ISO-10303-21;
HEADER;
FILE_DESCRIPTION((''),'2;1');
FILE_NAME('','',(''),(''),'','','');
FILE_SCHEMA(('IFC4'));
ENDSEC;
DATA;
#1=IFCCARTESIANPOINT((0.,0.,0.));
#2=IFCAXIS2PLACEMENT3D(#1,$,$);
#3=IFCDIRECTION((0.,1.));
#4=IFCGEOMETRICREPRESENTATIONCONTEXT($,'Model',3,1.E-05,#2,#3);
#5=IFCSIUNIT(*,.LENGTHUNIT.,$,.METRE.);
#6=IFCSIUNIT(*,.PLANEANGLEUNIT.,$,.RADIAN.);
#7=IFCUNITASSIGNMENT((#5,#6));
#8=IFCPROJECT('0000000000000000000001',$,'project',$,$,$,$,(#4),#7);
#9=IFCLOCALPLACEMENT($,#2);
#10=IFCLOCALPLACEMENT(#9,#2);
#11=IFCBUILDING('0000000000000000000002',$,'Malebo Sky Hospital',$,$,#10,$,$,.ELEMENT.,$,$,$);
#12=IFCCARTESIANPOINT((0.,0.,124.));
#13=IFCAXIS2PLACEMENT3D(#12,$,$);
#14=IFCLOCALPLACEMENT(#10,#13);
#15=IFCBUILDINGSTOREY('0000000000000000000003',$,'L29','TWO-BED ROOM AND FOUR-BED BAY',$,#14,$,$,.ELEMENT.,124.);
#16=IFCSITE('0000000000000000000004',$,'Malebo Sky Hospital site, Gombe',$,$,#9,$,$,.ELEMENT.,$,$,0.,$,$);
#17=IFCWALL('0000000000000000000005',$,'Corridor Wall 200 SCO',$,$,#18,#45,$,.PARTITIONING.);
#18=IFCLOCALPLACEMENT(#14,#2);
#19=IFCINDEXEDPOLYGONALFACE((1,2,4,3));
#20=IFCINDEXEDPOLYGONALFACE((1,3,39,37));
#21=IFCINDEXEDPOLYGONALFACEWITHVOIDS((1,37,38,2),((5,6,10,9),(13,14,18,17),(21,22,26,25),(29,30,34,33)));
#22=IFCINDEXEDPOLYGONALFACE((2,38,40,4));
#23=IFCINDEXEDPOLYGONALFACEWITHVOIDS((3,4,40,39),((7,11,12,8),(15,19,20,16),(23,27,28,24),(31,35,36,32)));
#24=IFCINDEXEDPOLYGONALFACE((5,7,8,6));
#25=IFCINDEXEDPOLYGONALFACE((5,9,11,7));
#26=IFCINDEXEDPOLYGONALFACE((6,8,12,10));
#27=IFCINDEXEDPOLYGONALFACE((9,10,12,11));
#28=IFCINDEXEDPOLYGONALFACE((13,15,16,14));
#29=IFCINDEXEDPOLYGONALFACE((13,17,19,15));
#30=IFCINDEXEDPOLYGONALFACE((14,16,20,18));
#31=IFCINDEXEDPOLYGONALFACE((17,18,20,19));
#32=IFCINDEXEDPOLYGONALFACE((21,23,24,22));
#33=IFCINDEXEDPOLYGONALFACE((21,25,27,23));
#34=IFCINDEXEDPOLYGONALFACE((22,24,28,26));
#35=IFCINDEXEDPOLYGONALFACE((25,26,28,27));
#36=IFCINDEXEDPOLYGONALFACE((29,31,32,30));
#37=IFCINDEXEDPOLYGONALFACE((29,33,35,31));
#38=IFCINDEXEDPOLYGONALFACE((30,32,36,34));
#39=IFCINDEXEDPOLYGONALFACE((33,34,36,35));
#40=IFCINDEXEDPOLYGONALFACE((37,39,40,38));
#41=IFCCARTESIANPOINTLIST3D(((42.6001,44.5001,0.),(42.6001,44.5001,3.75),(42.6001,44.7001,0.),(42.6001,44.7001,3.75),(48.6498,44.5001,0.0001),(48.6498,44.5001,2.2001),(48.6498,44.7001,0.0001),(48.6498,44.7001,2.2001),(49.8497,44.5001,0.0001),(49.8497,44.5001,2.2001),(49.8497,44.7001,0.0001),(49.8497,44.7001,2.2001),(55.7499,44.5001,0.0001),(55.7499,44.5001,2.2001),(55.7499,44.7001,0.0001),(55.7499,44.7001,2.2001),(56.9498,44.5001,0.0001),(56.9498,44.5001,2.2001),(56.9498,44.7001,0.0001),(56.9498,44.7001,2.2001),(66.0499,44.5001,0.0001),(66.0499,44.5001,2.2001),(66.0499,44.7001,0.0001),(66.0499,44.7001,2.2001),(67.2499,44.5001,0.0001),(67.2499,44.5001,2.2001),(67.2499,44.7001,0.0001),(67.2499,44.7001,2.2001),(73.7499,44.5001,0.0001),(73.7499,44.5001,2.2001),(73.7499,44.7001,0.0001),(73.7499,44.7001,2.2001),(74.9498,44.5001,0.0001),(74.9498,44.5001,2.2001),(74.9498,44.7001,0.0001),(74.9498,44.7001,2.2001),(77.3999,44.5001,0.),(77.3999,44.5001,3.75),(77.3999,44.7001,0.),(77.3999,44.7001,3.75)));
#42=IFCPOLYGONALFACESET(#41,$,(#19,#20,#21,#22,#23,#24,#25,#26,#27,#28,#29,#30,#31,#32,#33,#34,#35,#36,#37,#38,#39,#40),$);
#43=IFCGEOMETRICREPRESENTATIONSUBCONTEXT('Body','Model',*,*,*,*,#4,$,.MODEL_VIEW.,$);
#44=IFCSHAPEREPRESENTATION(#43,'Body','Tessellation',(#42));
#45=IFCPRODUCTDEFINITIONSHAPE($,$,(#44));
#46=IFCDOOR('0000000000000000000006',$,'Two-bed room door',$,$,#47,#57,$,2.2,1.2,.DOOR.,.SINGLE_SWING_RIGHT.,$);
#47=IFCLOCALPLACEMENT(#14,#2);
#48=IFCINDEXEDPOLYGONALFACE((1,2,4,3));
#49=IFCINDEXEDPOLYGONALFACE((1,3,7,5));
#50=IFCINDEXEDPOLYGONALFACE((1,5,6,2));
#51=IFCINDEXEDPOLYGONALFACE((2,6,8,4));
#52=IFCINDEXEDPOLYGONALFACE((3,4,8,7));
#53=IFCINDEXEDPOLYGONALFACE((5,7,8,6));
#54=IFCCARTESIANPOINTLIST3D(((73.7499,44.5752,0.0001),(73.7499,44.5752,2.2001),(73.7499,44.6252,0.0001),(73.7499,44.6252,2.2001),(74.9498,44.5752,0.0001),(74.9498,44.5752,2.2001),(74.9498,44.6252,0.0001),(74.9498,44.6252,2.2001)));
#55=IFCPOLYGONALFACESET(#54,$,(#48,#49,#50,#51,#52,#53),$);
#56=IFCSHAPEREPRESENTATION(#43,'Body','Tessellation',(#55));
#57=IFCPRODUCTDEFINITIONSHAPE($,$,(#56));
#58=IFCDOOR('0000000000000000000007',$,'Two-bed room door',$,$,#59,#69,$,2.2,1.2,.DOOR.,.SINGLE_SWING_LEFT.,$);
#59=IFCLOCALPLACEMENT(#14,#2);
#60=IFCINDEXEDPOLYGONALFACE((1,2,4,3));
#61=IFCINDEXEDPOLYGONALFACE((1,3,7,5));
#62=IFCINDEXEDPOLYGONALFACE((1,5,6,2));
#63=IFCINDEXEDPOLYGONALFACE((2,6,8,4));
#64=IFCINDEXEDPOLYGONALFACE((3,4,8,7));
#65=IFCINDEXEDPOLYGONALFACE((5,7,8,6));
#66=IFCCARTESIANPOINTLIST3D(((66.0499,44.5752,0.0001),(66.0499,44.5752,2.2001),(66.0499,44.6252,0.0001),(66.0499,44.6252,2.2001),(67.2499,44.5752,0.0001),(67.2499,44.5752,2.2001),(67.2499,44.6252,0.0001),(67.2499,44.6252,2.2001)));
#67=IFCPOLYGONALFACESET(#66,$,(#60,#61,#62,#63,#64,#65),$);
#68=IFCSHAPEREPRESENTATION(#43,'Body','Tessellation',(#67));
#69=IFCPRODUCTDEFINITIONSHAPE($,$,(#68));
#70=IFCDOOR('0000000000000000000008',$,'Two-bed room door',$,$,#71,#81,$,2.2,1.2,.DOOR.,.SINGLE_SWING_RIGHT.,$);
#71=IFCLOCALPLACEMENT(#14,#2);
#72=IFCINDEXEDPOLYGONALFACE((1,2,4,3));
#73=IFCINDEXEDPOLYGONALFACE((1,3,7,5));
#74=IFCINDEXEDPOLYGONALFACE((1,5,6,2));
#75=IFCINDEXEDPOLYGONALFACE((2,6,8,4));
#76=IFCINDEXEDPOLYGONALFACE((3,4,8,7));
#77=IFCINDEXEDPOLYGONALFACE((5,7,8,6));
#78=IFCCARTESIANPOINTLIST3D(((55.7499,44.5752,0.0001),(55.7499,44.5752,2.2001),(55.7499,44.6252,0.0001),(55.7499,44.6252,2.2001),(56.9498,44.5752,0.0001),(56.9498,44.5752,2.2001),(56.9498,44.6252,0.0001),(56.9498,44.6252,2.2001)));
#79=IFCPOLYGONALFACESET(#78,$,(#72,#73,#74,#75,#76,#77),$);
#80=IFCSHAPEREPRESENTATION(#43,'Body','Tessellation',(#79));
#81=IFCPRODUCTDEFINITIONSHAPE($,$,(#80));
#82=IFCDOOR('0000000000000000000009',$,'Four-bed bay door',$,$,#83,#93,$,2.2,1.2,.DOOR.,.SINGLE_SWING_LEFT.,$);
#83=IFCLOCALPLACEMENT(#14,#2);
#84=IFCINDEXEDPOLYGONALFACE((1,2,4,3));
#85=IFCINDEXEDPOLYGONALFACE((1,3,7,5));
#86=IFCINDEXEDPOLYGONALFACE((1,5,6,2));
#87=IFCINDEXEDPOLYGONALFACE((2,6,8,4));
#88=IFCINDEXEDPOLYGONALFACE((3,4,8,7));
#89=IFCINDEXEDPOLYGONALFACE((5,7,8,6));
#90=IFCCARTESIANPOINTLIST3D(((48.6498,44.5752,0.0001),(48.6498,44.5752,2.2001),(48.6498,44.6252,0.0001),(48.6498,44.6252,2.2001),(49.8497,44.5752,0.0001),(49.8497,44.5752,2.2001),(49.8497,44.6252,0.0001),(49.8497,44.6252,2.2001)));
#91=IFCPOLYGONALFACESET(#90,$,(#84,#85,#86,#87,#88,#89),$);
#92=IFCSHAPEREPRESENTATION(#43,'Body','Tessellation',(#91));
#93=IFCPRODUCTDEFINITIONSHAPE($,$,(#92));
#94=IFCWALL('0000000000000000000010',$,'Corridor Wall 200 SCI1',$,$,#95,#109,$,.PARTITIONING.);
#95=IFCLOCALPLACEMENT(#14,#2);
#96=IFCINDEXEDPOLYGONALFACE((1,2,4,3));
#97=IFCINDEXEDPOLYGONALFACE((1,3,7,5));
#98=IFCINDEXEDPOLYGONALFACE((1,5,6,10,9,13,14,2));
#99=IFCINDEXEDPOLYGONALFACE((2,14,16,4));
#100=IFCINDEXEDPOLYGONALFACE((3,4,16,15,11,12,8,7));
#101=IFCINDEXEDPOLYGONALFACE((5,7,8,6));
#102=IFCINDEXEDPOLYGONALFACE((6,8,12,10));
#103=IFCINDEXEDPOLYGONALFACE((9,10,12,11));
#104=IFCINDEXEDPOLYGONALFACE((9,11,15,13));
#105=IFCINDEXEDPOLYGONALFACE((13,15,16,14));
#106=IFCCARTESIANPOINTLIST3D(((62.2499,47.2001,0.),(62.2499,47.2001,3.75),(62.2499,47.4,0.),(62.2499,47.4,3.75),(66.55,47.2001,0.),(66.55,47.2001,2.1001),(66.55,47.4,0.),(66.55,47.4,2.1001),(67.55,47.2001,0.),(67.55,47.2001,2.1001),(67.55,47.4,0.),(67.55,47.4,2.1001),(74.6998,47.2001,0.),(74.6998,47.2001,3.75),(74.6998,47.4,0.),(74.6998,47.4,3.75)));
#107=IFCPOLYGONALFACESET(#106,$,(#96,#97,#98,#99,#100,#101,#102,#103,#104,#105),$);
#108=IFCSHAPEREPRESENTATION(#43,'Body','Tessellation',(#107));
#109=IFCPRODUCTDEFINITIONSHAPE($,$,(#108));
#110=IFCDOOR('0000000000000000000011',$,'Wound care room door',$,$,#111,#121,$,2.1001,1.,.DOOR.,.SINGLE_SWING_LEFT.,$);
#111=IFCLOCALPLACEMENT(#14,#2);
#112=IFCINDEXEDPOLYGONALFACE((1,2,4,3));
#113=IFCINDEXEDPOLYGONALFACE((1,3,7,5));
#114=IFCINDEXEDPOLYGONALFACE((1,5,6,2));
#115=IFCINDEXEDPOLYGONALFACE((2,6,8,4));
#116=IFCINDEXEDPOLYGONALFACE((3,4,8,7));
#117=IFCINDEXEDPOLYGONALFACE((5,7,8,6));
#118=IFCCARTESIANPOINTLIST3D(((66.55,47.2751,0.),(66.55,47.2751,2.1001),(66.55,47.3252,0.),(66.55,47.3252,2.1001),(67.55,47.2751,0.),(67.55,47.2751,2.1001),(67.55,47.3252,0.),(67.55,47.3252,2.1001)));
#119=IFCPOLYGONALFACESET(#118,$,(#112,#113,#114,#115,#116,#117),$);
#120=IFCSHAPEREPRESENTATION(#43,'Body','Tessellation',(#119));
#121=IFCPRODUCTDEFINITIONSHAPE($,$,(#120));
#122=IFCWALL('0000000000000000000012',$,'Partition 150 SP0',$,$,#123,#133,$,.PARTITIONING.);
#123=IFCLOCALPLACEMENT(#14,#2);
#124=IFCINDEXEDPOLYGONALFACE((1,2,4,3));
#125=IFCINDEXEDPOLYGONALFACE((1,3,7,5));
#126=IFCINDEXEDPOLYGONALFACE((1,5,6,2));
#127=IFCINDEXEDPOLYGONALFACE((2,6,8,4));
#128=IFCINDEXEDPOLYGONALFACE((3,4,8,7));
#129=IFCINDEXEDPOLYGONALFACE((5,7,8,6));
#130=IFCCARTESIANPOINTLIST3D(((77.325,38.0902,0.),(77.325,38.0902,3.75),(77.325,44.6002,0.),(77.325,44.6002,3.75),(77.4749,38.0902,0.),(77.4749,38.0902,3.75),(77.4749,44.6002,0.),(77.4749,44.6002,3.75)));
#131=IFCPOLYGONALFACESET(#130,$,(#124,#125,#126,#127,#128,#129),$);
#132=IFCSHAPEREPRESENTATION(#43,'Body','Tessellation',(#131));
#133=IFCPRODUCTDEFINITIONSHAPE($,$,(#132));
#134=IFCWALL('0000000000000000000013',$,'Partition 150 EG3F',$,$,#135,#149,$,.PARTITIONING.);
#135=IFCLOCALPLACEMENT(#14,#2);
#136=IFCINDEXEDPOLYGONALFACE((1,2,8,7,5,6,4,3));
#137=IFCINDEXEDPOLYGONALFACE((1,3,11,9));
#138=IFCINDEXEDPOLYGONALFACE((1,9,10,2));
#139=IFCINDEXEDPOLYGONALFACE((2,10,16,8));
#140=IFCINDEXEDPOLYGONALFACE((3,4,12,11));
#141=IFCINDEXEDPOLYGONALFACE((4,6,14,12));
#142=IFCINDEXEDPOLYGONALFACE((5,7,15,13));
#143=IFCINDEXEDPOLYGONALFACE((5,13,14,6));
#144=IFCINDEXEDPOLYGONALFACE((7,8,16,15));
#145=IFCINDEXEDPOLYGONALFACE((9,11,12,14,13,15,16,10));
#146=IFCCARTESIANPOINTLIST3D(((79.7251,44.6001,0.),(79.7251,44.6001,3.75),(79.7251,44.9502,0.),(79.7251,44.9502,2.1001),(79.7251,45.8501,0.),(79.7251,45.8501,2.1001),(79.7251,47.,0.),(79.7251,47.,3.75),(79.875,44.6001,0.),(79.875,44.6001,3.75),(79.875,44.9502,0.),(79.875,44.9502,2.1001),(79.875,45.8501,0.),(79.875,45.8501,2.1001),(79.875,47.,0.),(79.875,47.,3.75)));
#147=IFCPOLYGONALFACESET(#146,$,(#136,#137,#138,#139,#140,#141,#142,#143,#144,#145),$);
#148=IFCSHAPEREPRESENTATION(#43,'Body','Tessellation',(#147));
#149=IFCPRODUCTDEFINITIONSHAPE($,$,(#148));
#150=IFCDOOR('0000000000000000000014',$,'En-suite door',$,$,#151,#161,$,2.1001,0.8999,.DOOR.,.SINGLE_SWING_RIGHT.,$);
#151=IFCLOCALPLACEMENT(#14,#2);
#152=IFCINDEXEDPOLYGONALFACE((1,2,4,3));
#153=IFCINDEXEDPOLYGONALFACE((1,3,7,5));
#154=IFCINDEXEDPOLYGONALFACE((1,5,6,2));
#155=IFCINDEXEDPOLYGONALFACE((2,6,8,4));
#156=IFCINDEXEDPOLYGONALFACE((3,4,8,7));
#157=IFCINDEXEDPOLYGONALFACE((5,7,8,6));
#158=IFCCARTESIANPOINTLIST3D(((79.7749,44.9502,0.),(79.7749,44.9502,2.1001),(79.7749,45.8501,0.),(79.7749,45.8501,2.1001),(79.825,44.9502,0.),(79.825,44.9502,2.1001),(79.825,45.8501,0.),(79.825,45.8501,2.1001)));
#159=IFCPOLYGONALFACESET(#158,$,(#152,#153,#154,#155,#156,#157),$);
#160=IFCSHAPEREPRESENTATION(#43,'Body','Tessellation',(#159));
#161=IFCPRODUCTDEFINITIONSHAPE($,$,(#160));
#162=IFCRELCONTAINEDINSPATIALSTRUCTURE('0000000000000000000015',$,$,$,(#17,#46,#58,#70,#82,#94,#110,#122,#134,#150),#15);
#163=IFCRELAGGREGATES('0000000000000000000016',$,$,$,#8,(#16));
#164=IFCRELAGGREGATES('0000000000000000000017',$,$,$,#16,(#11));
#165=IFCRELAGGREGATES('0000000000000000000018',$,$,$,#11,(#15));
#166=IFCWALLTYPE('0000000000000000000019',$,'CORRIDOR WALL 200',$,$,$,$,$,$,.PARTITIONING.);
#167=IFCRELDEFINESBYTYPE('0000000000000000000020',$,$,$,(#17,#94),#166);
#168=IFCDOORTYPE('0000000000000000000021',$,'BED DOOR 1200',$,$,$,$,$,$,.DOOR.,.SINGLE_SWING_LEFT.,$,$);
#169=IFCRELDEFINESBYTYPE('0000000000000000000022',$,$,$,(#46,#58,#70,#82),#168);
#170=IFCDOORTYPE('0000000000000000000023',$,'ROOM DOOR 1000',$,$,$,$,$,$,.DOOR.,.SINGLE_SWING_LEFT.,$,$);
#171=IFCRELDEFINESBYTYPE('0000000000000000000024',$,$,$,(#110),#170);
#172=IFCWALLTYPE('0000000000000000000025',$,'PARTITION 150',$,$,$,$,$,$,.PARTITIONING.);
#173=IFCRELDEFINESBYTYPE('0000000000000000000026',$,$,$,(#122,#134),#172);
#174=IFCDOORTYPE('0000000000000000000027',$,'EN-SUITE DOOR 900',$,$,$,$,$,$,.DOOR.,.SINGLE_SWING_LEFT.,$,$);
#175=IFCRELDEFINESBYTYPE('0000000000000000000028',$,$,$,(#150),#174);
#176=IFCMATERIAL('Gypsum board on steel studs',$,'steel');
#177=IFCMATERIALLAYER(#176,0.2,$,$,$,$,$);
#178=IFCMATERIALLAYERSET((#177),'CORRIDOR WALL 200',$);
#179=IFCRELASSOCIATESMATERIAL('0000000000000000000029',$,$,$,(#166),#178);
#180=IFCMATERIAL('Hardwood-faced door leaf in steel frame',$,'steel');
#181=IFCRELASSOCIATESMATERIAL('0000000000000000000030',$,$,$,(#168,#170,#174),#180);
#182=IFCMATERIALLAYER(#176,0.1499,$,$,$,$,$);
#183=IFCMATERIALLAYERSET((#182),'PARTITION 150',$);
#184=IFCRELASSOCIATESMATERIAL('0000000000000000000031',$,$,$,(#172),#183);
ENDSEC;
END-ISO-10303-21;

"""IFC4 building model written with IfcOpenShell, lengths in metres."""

from ifc_helpers import new_model, si_unit, direction, frame, frame_2d, origin, place, context, subcontext, project, spatial, rectangle, extrude, material, layer, layer_set, type_object, element, fill, save


model = new_model("IFC4")

# Units and contexts
model_context = context("Model", 3, precision=1e-05, world=origin(), true_north=direction((0.0, 1.0)))
body_context = subcontext(model_context, "Body", "Model", "MODEL_VIEW")
ifc_project = project(units=[si_unit("LENGTHUNIT", "METRE"), si_unit("PLANEANGLEUNIT", "RADIAN")], contexts=[model_context])

# Site, building, storey
site_placement = place(None, origin())
site = spatial("IfcSite", under=ifc_project, at=site_placement, Name="Malebo Sky Hospital site, Gombe", CompositionType="ELEMENT", RefElevation=0.0)
building_placement = place(site_placement, origin())
building = spatial("IfcBuilding", under=site, at=building_placement, Name="Malebo Sky Hospital", CompositionType="ELEMENT")
storey_placement = place(building_placement, frame((0.0, 0.0, 124.0)))
storey = spatial("IfcBuildingStorey", under=building, at=storey_placement, Name="L29", Description="TWO-BED ROOM AND FOUR-BED BAY", CompositionType="ELEMENT", Elevation=124.0)

# Wall, openings, doors
ifc_material_1 = material(Name="Gypsum board on steel studs", Category="steel")
ifc_layer_1 = layer(ifc_material_1, 0.2)
ifc_layer_set_1 = layer_set([ifc_layer_1], Name="CORRIDOR WALL 200")
wall_type_1 = type_object("IfcWallType", Name="CORRIDOR WALL 200", PredefinedType="PARTITIONING", material=ifc_layer_set_1)
wall_1_placement = place(storey_placement, frame((77.3999, 44.6001, 0.0), z_axis=(0.0, 0.0, 1.0), x_axis=(-1.0, 0.0, 0.0)))
wall_1 = element("IfcWall", 1, at=wall_1_placement, inside=storey, type_object=wall_type_1, Name="Corridor Wall 200 SCO", PredefinedType="PARTITIONING", context=body_context, shape_type="SweptSolid", body=[
    extrude(rectangle(XDim=34.7998, YDim=0.2, at=frame_2d((17.3999, 0.0))), origin(), (0.0, 0.0, 1.0), 3.75),
])
opening_1_placement = place(wall_1_placement, frame((2.45, 0.0, 0.0)))
opening_1 = element("IfcOpeningElement", 2, at=opening_1_placement, cuts=wall_1, PredefinedType="OPENING", context=body_context, shape_type="SweptSolid", body=[
    extrude(rectangle(XDim=1.2, YDim=2.2, at=frame_2d((0.6001, 1.1001))), frame((0.0, 0.1099, 0.0), z_axis=(0.0, -1.0, 0.0), x_axis=(1.0, 0.0, 0.0)), (0.0, 0.0, 1.0), 0.22),
])
opening_2_placement = place(wall_1_placement, frame((10.1499, 0.0, 0.0)))
opening_2 = element("IfcOpeningElement", 3, at=opening_2_placement, cuts=wall_1, PredefinedType="OPENING", context=body_context, shape_type="SweptSolid", body=[
    extrude(rectangle(XDim=1.2, YDim=2.2, at=frame_2d((0.6001, 1.1001))), frame((0.0, 0.1099, 0.0), z_axis=(0.0, -1.0, 0.0), x_axis=(1.0, 0.0, 0.0)), (0.0, 0.0, 1.0), 0.22),
])
opening_3_placement = place(wall_1_placement, frame((20.45, 0.0, 0.0)))
opening_3 = element("IfcOpeningElement", 4, at=opening_3_placement, cuts=wall_1, PredefinedType="OPENING", context=body_context, shape_type="SweptSolid", body=[
    extrude(rectangle(XDim=1.2, YDim=2.2, at=frame_2d((0.6001, 1.1001))), frame((0.0, 0.1099, 0.0), z_axis=(0.0, -1.0, 0.0), x_axis=(1.0, 0.0, 0.0)), (0.0, 0.0, 1.0), 0.22),
])
opening_4_placement = place(wall_1_placement, frame((27.55, 0.0, 0.0)))
opening_4 = element("IfcOpeningElement", 5, at=opening_4_placement, cuts=wall_1, PredefinedType="OPENING", context=body_context, shape_type="SweptSolid", body=[
    extrude(rectangle(XDim=1.2, YDim=2.2, at=frame_2d((0.6001, 1.1001))), frame((0.0, 0.1099, 0.0), z_axis=(0.0, -1.0, 0.0), x_axis=(1.0, 0.0, 0.0)), (0.0, 0.0, 1.0), 0.22),
])
ifc_material_2 = material(Name="Hardwood-faced door leaf in steel frame", Category="steel")
door_type_1 = type_object("IfcDoorType", Name="BED DOOR 1200", OperationType="SINGLE_SWING_LEFT", PredefinedType="DOOR", material=ifc_material_2)
door_1_placement = place(opening_1_placement, origin())
door_1 = element("IfcDoor", 6, at=door_1_placement, inside=storey, type_object=door_type_1, Name="Two-bed room door", OperationType="SINGLE_SWING_RIGHT", OverallHeight=2.2, OverallWidth=1.2, PredefinedType="DOOR", context=body_context, shape_type="SweptSolid", body=[
    extrude(rectangle(XDim=1.2, YDim=2.2, at=frame_2d((0.6001, 1.1001))), frame((0.0, 0.0249, 0.0), z_axis=(0.0, -1.0, 0.0), x_axis=(1.0, 0.0, 0.0)), (0.0, 0.0, 1.0), 0.05),
])
fill(opening_1, door_1)
door_2_placement = place(opening_2_placement, origin())
door_2 = element("IfcDoor", 7, at=door_2_placement, inside=storey, type_object=door_type_1, Name="Two-bed room door", OperationType="SINGLE_SWING_LEFT", OverallHeight=2.2, OverallWidth=1.2, PredefinedType="DOOR", context=body_context, shape_type="SweptSolid", body=[
    extrude(rectangle(XDim=1.2, YDim=2.2, at=frame_2d((0.6001, 1.1001))), frame((0.0, 0.0249, 0.0), z_axis=(0.0, -1.0, 0.0), x_axis=(1.0, 0.0, 0.0)), (0.0, 0.0, 1.0), 0.05),
])
fill(opening_2, door_2)
door_3_placement = place(opening_3_placement, origin())
door_3 = element("IfcDoor", 8, at=door_3_placement, inside=storey, type_object=door_type_1, Name="Two-bed room door", OperationType="SINGLE_SWING_RIGHT", OverallHeight=2.2, OverallWidth=1.2, PredefinedType="DOOR", context=body_context, shape_type="SweptSolid", body=[
    extrude(rectangle(XDim=1.2, YDim=2.2, at=frame_2d((0.6001, 1.1001))), frame((0.0, 0.0249, 0.0), z_axis=(0.0, -1.0, 0.0), x_axis=(1.0, 0.0, 0.0)), (0.0, 0.0, 1.0), 0.05),
])
fill(opening_3, door_3)
door_4_placement = place(opening_4_placement, origin())
door_4 = element("IfcDoor", 9, at=door_4_placement, inside=storey, type_object=door_type_1, Name="Four-bed bay door", OperationType="SINGLE_SWING_LEFT", OverallHeight=2.2, OverallWidth=1.2, PredefinedType="DOOR", context=body_context, shape_type="SweptSolid", body=[
    extrude(rectangle(XDim=1.2, YDim=2.2, at=frame_2d((0.6001, 1.1001))), frame((0.0, 0.0249, 0.0), z_axis=(0.0, -1.0, 0.0), x_axis=(1.0, 0.0, 0.0)), (0.0, 0.0, 1.0), 0.05),
])
fill(opening_4, door_4)

# Wall, opening, door
wall_2_placement = place(storey_placement, frame((74.7, 47.3, 0.0), z_axis=(0.0, 0.0, 1.0), x_axis=(-1.0, 0.0, 0.0)))
wall_2 = element("IfcWall", 10, at=wall_2_placement, inside=storey, type_object=wall_type_1, Name="Corridor Wall 200 SCI1", PredefinedType="PARTITIONING", context=body_context, shape_type="SweptSolid", body=[
    extrude(rectangle(XDim=12.45, YDim=0.2, at=frame_2d((6.2251, 0.0))), origin(), (0.0, 0.0, 1.0), 3.75),
])
opening_5_placement = place(wall_2_placement, frame((7.1499, 0.0, 0.0)))
opening_5 = element("IfcOpeningElement", 11, at=opening_5_placement, cuts=wall_2, PredefinedType="OPENING", context=body_context, shape_type="SweptSolid", body=[
    extrude(rectangle(XDim=1.0, YDim=2.1001, at=frame_2d((0.5, 1.05))), frame((0.0, 0.1099, 0.0), z_axis=(0.0, -1.0, 0.0), x_axis=(1.0, 0.0, 0.0)), (0.0, 0.0, 1.0), 0.22),
])
door_type_2 = type_object("IfcDoorType", Name="ROOM DOOR 1000", OperationType="SINGLE_SWING_LEFT", PredefinedType="DOOR", material=ifc_material_2)
door_5_placement = place(opening_5_placement, origin())
door_5 = element("IfcDoor", 12, at=door_5_placement, inside=storey, type_object=door_type_2, Name="Wound care room door", OperationType="SINGLE_SWING_LEFT", OverallHeight=2.1001, OverallWidth=1.0, PredefinedType="DOOR", context=body_context, shape_type="SweptSolid", body=[
    extrude(rectangle(XDim=1.0, YDim=2.1001, at=frame_2d((0.5, 1.05))), frame((0.0, 0.0249, 0.0), z_axis=(0.0, -1.0, 0.0), x_axis=(1.0, 0.0, 0.0)), (0.0, 0.0, 1.0), 0.05),
])
fill(opening_5, door_5)

# Wall
ifc_layer_2 = layer(ifc_material_1, 0.1499)
ifc_layer_set_2 = layer_set([ifc_layer_2], Name="PARTITION 150")
wall_type_2 = type_object("IfcWallType", Name="PARTITION 150", PredefinedType="PARTITIONING", material=ifc_layer_set_2)
wall_3_placement = place(storey_placement, frame((77.3999, 44.6001, 0.0), z_axis=(0.0, 0.0, 1.0), x_axis=(0.0, -1.0, 0.0)))
element("IfcWall", 13, at=wall_3_placement, inside=storey, type_object=wall_type_2, Name="Partition 150 SP0", PredefinedType="PARTITIONING", context=body_context, shape_type="SweptSolid", body=[
    extrude(rectangle(XDim=6.51, YDim=0.1499, at=frame_2d((3.2549, 0.0))), origin(), (0.0, 0.0, 1.0), 3.75),
])

# Wall, opening, door
wall_4_placement = place(storey_placement, frame((79.8, 47.0, 0.0), z_axis=(0.0, 0.0, 1.0), x_axis=(0.0, -1.0, 0.0)))
wall_4 = element("IfcWall", 14, at=wall_4_placement, inside=storey, type_object=wall_type_2, Name="Partition 150 EG3F", PredefinedType="PARTITIONING", context=body_context, shape_type="SweptSolid", body=[
    extrude(rectangle(XDim=2.3999, YDim=0.1499, at=frame_2d((1.2, 0.0))), origin(), (0.0, 0.0, 1.0), 3.75),
])
opening_6_placement = place(wall_4_placement, frame((1.1499, 0.0, 0.0)))
opening_6 = element("IfcOpeningElement", 15, at=opening_6_placement, cuts=wall_4, PredefinedType="OPENING", context=body_context, shape_type="SweptSolid", body=[
    extrude(rectangle(XDim=0.8999, YDim=2.1001, at=frame_2d((0.45, 1.05))), frame((0.0, 0.085, 0.0), z_axis=(0.0, -1.0, 0.0), x_axis=(1.0, 0.0, 0.0)), (0.0, 0.0, 1.0), 0.1699),
])
door_type_3 = type_object("IfcDoorType", Name="EN-SUITE DOOR 900", OperationType="SINGLE_SWING_LEFT", PredefinedType="DOOR", material=ifc_material_2)
door_6_placement = place(opening_6_placement, origin())
door_6 = element("IfcDoor", 16, at=door_6_placement, inside=storey, type_object=door_type_3, Name="En-suite door", OperationType="SINGLE_SWING_RIGHT", OverallHeight=2.1001, OverallWidth=0.8999, PredefinedType="DOOR", context=body_context, shape_type="SweptSolid", body=[
    extrude(rectangle(XDim=0.8999, YDim=2.1001, at=frame_2d((0.45, 1.05))), frame((0.0, 0.0249, 0.0), z_axis=(0.0, -1.0, 0.0), x_axis=(1.0, 0.0, 0.0)), (0.0, 0.0, 1.0), 0.05),
])
fill(opening_6, door_6)

save(model, "model.ifc")
